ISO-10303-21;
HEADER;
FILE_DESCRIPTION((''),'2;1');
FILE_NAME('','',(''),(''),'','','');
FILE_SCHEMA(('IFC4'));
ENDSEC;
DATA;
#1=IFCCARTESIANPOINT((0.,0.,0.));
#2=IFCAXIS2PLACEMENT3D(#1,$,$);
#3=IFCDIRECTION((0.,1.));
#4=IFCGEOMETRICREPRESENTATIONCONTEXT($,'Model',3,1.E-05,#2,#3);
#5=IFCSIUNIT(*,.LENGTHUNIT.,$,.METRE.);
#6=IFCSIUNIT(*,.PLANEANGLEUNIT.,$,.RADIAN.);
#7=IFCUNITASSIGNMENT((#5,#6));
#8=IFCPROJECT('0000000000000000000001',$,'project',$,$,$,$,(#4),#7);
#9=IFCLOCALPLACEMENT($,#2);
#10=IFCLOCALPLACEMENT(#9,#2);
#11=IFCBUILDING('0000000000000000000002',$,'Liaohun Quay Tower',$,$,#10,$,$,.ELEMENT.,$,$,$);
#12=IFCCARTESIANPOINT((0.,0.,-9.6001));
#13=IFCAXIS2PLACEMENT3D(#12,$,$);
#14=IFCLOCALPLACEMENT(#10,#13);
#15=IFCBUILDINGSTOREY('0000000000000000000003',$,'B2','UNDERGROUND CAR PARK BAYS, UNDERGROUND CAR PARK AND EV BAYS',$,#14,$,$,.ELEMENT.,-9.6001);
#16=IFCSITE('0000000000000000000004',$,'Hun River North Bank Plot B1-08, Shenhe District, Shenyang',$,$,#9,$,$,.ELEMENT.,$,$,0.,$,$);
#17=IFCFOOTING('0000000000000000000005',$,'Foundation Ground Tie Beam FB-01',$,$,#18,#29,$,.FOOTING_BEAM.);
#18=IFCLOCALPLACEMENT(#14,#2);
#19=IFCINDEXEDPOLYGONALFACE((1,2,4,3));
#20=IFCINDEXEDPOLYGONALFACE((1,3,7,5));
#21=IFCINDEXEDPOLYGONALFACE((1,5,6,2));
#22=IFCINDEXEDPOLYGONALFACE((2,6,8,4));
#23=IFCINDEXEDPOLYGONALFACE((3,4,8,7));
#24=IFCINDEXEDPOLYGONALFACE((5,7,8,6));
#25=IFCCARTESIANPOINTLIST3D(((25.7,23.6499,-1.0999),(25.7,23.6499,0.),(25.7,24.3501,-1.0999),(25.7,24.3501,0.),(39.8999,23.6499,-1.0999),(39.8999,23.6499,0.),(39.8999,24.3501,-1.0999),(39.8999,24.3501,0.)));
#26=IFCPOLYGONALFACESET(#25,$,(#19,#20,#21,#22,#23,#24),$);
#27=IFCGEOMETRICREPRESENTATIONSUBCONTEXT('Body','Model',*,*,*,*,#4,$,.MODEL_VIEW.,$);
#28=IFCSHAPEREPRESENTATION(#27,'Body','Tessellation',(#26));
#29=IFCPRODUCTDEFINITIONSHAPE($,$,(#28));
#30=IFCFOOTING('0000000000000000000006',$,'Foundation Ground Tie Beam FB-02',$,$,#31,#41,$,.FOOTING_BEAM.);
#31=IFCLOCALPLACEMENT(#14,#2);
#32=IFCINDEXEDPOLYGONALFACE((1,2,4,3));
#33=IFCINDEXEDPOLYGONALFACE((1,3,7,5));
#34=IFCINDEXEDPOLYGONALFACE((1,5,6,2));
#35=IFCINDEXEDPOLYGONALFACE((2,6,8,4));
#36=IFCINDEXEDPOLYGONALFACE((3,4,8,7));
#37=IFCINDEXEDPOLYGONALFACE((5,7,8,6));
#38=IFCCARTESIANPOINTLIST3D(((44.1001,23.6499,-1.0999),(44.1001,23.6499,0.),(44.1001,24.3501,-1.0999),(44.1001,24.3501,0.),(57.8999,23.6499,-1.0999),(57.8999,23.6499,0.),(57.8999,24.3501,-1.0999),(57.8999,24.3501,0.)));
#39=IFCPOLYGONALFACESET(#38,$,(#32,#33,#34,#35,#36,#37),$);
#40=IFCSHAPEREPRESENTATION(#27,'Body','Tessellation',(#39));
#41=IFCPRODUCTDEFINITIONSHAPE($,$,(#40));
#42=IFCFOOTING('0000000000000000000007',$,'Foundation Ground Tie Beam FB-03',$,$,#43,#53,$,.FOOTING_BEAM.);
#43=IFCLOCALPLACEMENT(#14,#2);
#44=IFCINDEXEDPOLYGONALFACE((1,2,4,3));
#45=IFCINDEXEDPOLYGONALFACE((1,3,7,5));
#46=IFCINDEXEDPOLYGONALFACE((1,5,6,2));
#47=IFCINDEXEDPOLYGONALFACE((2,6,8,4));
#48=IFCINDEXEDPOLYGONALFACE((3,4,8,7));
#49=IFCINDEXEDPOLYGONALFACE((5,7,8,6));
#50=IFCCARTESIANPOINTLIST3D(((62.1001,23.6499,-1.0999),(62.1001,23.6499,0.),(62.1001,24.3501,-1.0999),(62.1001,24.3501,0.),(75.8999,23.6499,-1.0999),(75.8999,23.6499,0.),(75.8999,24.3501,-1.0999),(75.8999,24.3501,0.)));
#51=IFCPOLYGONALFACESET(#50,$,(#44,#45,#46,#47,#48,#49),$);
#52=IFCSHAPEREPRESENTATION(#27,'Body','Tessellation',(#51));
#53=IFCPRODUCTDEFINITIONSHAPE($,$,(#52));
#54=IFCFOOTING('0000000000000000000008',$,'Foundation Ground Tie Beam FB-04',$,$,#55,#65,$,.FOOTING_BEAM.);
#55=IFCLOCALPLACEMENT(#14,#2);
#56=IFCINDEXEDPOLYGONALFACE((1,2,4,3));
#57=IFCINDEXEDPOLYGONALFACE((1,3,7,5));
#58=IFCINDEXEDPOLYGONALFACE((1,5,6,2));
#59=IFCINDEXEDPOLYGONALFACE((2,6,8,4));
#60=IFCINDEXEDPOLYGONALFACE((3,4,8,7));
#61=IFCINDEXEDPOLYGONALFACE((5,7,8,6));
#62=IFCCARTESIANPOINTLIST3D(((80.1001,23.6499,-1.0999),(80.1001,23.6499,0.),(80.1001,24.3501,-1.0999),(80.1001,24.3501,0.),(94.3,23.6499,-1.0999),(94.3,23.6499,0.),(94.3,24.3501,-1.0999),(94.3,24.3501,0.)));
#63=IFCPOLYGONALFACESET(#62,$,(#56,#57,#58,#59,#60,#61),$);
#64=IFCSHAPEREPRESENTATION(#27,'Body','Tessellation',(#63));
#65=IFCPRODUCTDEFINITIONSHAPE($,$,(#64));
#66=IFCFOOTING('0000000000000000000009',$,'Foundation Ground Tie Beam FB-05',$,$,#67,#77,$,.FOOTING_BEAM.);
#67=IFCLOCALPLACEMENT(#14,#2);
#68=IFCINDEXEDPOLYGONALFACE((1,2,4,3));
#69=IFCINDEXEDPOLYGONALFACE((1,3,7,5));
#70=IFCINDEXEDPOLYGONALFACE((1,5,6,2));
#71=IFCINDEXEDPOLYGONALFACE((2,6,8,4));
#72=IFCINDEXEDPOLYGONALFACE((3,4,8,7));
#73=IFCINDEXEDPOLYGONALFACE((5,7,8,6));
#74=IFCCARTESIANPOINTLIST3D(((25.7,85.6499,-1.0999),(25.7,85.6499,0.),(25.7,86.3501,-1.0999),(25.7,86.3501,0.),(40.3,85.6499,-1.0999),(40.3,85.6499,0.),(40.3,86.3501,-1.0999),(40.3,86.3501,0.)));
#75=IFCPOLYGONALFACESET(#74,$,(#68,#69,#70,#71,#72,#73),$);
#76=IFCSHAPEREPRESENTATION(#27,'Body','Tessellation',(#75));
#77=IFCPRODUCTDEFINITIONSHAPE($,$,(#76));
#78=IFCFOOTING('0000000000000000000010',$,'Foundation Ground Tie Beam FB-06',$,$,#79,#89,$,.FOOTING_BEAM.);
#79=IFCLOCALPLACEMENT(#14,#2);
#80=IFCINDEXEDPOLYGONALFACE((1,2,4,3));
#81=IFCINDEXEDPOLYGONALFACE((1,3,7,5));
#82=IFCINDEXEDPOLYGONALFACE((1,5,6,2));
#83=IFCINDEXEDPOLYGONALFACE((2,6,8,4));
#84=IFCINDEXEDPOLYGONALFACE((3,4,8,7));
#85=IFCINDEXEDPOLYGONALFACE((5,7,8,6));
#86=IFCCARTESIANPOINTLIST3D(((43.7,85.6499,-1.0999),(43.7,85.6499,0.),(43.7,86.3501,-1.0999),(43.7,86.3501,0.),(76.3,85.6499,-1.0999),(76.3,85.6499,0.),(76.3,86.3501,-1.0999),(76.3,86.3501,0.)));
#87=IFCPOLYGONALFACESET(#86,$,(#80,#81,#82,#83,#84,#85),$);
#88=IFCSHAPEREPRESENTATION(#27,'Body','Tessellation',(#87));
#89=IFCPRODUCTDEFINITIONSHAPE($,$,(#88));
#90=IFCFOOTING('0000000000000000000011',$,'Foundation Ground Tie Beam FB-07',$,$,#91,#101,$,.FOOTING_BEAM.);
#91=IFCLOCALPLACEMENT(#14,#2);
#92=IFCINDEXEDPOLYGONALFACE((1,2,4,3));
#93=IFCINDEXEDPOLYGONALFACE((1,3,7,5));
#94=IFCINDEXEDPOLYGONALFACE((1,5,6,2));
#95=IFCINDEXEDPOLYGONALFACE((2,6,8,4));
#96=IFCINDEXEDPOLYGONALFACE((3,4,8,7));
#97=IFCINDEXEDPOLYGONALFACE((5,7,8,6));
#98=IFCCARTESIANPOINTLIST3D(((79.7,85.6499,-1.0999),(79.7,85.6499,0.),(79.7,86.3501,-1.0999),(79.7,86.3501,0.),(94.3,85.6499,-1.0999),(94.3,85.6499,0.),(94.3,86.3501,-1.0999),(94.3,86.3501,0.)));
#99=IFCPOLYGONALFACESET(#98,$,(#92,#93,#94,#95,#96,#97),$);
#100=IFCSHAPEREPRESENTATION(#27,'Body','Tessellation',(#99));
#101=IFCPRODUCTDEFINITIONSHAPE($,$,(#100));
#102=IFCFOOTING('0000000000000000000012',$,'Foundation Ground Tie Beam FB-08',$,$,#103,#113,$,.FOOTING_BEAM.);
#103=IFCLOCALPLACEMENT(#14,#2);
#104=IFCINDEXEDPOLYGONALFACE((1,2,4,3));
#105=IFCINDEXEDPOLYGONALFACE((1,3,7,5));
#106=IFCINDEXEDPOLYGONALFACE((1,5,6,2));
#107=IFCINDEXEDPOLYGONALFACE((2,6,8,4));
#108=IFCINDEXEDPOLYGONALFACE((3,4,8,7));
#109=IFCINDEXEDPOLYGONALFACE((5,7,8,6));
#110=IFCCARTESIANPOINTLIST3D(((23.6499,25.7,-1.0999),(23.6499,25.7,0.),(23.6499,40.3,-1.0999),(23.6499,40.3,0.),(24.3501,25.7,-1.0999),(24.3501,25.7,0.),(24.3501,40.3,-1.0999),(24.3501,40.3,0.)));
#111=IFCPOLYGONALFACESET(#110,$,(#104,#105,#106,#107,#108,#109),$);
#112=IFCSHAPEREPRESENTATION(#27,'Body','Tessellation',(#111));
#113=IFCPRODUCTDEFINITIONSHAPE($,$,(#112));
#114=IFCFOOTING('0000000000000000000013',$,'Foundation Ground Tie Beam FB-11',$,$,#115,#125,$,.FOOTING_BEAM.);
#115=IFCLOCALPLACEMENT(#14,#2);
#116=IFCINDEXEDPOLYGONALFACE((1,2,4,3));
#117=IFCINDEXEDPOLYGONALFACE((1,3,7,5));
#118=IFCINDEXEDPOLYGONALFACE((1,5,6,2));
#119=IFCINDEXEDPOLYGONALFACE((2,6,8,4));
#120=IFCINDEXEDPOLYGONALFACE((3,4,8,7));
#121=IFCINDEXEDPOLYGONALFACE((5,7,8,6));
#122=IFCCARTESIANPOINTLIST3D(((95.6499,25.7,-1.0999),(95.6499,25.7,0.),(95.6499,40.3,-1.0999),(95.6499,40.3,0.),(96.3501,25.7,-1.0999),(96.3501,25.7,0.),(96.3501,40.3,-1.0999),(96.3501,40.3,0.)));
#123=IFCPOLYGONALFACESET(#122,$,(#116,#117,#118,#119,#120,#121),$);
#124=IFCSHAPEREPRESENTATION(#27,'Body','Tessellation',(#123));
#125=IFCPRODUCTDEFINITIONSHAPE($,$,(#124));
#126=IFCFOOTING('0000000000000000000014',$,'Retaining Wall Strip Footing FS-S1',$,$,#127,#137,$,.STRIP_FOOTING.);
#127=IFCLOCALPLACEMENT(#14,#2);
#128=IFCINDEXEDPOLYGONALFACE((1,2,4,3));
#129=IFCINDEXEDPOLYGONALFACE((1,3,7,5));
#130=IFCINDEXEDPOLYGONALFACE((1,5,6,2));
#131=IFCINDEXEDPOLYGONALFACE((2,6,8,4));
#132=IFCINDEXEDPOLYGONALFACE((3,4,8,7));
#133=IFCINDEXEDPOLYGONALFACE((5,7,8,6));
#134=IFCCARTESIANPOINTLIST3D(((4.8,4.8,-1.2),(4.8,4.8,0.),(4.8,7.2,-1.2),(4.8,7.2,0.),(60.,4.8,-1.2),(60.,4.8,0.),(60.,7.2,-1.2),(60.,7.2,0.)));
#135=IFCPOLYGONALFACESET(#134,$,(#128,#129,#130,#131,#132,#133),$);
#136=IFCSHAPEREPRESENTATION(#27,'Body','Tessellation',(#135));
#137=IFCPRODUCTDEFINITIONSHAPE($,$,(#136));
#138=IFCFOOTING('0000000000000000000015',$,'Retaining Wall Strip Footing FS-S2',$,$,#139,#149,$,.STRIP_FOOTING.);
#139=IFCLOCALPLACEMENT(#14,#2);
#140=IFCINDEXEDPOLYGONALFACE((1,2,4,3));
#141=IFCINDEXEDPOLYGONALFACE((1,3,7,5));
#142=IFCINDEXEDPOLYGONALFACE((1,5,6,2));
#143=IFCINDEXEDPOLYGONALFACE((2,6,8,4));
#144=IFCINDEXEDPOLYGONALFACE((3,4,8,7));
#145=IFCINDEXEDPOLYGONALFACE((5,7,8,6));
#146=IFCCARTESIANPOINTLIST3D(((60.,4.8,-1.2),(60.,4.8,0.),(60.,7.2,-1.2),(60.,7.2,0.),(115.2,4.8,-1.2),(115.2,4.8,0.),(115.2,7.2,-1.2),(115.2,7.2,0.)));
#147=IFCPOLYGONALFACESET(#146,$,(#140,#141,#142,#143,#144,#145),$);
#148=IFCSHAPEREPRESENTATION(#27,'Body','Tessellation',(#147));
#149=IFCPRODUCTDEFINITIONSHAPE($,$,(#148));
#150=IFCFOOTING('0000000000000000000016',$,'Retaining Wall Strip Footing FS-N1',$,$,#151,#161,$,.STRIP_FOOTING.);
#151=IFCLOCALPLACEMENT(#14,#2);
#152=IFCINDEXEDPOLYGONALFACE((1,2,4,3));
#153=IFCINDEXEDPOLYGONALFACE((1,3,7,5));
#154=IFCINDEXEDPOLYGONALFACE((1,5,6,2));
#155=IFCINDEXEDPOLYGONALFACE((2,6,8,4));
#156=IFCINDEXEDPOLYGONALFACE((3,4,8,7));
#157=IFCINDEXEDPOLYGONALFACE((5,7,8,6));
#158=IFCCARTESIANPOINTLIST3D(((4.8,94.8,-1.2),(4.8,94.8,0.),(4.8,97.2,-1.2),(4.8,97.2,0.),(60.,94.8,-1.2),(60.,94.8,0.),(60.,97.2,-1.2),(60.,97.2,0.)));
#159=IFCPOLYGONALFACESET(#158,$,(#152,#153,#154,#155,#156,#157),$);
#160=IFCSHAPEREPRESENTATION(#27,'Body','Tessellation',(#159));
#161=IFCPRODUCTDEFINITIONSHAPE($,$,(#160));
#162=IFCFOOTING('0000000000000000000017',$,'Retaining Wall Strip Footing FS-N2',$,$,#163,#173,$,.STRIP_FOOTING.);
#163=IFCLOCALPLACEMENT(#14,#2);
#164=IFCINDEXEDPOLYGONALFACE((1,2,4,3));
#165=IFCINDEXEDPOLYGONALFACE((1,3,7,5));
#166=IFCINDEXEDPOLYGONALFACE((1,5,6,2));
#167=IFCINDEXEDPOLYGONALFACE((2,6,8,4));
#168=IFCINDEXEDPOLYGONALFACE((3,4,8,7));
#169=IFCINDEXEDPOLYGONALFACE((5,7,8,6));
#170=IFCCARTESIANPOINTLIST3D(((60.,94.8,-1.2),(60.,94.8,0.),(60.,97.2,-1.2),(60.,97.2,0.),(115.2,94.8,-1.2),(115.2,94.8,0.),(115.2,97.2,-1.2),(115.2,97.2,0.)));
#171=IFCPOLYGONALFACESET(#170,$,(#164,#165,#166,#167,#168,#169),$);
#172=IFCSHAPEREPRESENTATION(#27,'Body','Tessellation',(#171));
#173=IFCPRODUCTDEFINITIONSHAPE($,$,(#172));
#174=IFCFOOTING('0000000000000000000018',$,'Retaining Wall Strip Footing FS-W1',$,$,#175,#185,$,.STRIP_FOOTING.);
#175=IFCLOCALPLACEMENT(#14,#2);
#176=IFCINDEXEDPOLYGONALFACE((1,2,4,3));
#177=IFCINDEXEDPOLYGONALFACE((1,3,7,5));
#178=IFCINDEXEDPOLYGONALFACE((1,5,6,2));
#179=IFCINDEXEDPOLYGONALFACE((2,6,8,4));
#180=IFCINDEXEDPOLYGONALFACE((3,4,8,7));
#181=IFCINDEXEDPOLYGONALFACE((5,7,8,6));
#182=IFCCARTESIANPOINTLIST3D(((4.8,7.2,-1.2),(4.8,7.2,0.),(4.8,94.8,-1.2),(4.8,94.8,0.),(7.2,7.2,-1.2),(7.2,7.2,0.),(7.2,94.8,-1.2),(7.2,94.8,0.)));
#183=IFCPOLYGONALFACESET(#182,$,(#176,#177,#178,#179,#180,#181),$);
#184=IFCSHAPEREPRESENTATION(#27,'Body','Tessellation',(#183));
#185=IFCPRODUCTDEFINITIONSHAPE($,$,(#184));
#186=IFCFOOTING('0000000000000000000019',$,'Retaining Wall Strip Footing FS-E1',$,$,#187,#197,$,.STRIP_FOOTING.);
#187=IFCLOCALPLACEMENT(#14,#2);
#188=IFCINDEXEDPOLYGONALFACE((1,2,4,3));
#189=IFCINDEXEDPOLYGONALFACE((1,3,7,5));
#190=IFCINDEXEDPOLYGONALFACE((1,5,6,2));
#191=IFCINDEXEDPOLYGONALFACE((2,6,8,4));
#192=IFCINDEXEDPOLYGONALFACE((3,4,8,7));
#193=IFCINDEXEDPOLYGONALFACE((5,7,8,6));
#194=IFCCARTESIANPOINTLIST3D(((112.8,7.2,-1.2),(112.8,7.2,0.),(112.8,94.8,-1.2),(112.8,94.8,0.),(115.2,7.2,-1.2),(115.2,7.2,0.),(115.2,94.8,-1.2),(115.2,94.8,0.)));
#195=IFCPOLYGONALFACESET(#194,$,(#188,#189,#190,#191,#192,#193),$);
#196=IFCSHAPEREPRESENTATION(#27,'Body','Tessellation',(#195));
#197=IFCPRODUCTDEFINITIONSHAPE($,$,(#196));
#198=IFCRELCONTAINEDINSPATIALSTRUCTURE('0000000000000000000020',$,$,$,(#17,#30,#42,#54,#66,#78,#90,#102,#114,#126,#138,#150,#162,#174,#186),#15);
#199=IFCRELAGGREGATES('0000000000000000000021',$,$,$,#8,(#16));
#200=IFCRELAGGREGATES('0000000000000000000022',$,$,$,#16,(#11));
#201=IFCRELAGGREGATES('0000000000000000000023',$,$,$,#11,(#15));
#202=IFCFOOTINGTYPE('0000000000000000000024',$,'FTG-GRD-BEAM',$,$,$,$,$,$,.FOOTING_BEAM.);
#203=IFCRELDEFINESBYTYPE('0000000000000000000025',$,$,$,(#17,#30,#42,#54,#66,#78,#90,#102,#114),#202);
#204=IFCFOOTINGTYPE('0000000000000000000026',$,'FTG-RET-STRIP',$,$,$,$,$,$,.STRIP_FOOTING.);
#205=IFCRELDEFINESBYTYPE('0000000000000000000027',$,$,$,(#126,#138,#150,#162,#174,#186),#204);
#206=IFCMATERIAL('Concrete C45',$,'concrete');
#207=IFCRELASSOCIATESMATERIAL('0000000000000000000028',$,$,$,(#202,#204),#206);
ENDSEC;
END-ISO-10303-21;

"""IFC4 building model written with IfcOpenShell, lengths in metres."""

from ifc_helpers import new_model, si_unit, direction, frame, origin, place, context, subcontext, project, spatial, polyline, outline, extrude, material, type_object, element, save


model = new_model("IFC4")

# Units and contexts
model_context = context("Model", 3, precision=1e-05, world=origin(), true_north=direction((0.0, 1.0)))
body_context = subcontext(model_context, "Body", "Model", "MODEL_VIEW")
ifc_project = project(units=[si_unit("LENGTHUNIT", "METRE"), si_unit("PLANEANGLEUNIT", "RADIAN")], contexts=[model_context])

# Site, building, storey
site_placement = place(None, origin())
site = spatial("IfcSite", under=ifc_project, at=site_placement, Name="Hun River North Bank Plot B1-08, Shenhe District, Shenyang", CompositionType="ELEMENT", RefElevation=0.0)
building_placement = place(site_placement, origin())
building = spatial("IfcBuilding", under=site, at=building_placement, Name="Liaohun Quay Tower", CompositionType="ELEMENT")
storey_placement = place(building_placement, frame((0.0, 0.0, -9.6001)))
storey = spatial("IfcBuildingStorey", under=building, at=storey_placement, Name="B2", Description="UNDERGROUND CAR PARK BAYS, UNDERGROUND CAR PARK AND EV BAYS", CompositionType="ELEMENT", Elevation=-9.6001)

# Footings
ifc_material_1 = material(Name="Concrete C45", Category="concrete")
footing_type_1 = type_object("IfcFootingType", Name="FTG-GRD-BEAM", PredefinedType="FOOTING_BEAM", material=ifc_material_1)
footing_1_placement = place(storey_placement, frame((0.0, 0.0, -1.0999)))
element("IfcFooting", 1, at=footing_1_placement, inside=storey, type_object=footing_type_1, Name="Foundation Ground Tie Beam FB-01", PredefinedType="FOOTING_BEAM", context=body_context, shape_type="SweptSolid", body=[
    extrude(outline(polyline([(25.7, 23.6499), (39.8999, 23.6499), (39.8999, 24.3501), (25.7, 24.3501), (25.7, 23.6499)])), origin(), (0.0, 0.0, 1.0), 1.0999),
])
footing_2_placement = place(storey_placement, frame((0.0, 0.0, -1.0999)))
element("IfcFooting", 2, at=footing_2_placement, inside=storey, type_object=footing_type_1, Name="Foundation Ground Tie Beam FB-02", PredefinedType="FOOTING_BEAM", context=body_context, shape_type="SweptSolid", body=[
    extrude(outline(polyline([(44.1001, 23.6499), (57.8999, 23.6499), (57.8999, 24.3501), (44.1001, 24.3501), (44.1001, 23.6499)])), origin(), (0.0, 0.0, 1.0), 1.0999),
])
footing_3_placement = place(storey_placement, frame((0.0, 0.0, -1.0999)))
element("IfcFooting", 3, at=footing_3_placement, inside=storey, type_object=footing_type_1, Name="Foundation Ground Tie Beam FB-03", PredefinedType="FOOTING_BEAM", context=body_context, shape_type="SweptSolid", body=[
    extrude(outline(polyline([(62.1001, 23.6499), (75.8999, 23.6499), (75.8999, 24.3501), (62.1001, 24.3501), (62.1001, 23.6499)])), origin(), (0.0, 0.0, 1.0), 1.0999),
])
footing_4_placement = place(storey_placement, frame((0.0, 0.0, -1.0999)))
element("IfcFooting", 4, at=footing_4_placement, inside=storey, type_object=footing_type_1, Name="Foundation Ground Tie Beam FB-04", PredefinedType="FOOTING_BEAM", context=body_context, shape_type="SweptSolid", body=[
    extrude(outline(polyline([(80.1001, 23.6499), (94.3, 23.6499), (94.3, 24.3501), (80.1001, 24.3501), (80.1001, 23.6499)])), origin(), (0.0, 0.0, 1.0), 1.0999),
])
footing_5_placement = place(storey_placement, frame((0.0, 0.0, -1.0999)))
element("IfcFooting", 5, at=footing_5_placement, inside=storey, type_object=footing_type_1, Name="Foundation Ground Tie Beam FB-05", PredefinedType="FOOTING_BEAM", context=body_context, shape_type="SweptSolid", body=[
    extrude(outline(polyline([(25.7, 85.6499), (40.3, 85.6499), (40.3, 86.3501), (25.7, 86.3501), (25.7, 85.6499)])), origin(), (0.0, 0.0, 1.0), 1.0999),
])
footing_6_placement = place(storey_placement, frame((0.0, 0.0, -1.0999)))
element("IfcFooting", 6, at=footing_6_placement, inside=storey, type_object=footing_type_1, Name="Foundation Ground Tie Beam FB-06", PredefinedType="FOOTING_BEAM", context=body_context, shape_type="SweptSolid", body=[
    extrude(outline(polyline([(43.7, 85.6499), (76.3, 85.6499), (76.3, 86.3501), (43.7, 86.3501), (43.7, 85.6499)])), origin(), (0.0, 0.0, 1.0), 1.0999),
])
footing_7_placement = place(storey_placement, frame((0.0, 0.0, -1.0999)))
element("IfcFooting", 7, at=footing_7_placement, inside=storey, type_object=footing_type_1, Name="Foundation Ground Tie Beam FB-07", PredefinedType="FOOTING_BEAM", context=body_context, shape_type="SweptSolid", body=[
    extrude(outline(polyline([(79.7, 85.6499), (94.3, 85.6499), (94.3, 86.3501), (79.7, 86.3501), (79.7, 85.6499)])), origin(), (0.0, 0.0, 1.0), 1.0999),
])
footing_8_placement = place(storey_placement, frame((0.0, 0.0, -1.0999)))
element("IfcFooting", 8, at=footing_8_placement, inside=storey, type_object=footing_type_1, Name="Foundation Ground Tie Beam FB-08", PredefinedType="FOOTING_BEAM", context=body_context, shape_type="SweptSolid", body=[
    extrude(outline(polyline([(24.3501, 25.7), (24.3501, 40.3), (23.6499, 40.3), (23.6499, 25.7), (24.3501, 25.7)])), origin(), (0.0, 0.0, 1.0), 1.0999),
])
footing_9_placement = place(storey_placement, frame((0.0, 0.0, -1.0999)))
element("IfcFooting", 9, at=footing_9_placement, inside=storey, type_object=footing_type_1, Name="Foundation Ground Tie Beam FB-11", PredefinedType="FOOTING_BEAM", context=body_context, shape_type="SweptSolid", body=[
    extrude(outline(polyline([(96.3501, 25.7), (96.3501, 40.3), (95.6499, 40.3), (95.6499, 25.7), (96.3501, 25.7)])), origin(), (0.0, 0.0, 1.0), 1.0999),
])
footing_type_2 = type_object("IfcFootingType", Name="FTG-RET-STRIP", PredefinedType="STRIP_FOOTING", material=ifc_material_1)
footing_10_placement = place(storey_placement, frame((0.0, 0.0, -1.2)))
element("IfcFooting", 10, at=footing_10_placement, inside=storey, type_object=footing_type_2, Name="Retaining Wall Strip Footing FS-S1", PredefinedType="STRIP_FOOTING", context=body_context, shape_type="SweptSolid", body=[
    extrude(outline(polyline([(4.8, 4.8), (60.0, 4.8), (60.0, 7.2), (4.8, 7.2), (4.8, 4.8)])), origin(), (0.0, 0.0, 1.0), 1.2),
])
footing_11_placement = place(storey_placement, frame((0.0, 0.0, -1.2)))
element("IfcFooting", 11, at=footing_11_placement, inside=storey, type_object=footing_type_2, Name="Retaining Wall Strip Footing FS-S2", PredefinedType="STRIP_FOOTING", context=body_context, shape_type="SweptSolid", body=[
    extrude(outline(polyline([(60.0, 4.8), (115.2, 4.8), (115.2, 7.2), (60.0, 7.2), (60.0, 4.8)])), origin(), (0.0, 0.0, 1.0), 1.2),
])
footing_12_placement = place(storey_placement, frame((0.0, 0.0, -1.2)))
element("IfcFooting", 12, at=footing_12_placement, inside=storey, type_object=footing_type_2, Name="Retaining Wall Strip Footing FS-N1", PredefinedType="STRIP_FOOTING", context=body_context, shape_type="SweptSolid", body=[
    extrude(outline(polyline([(4.8, 94.8), (60.0, 94.8), (60.0, 97.2), (4.8, 97.2), (4.8, 94.8)])), origin(), (0.0, 0.0, 1.0), 1.2),
])
footing_13_placement = place(storey_placement, frame((0.0, 0.0, -1.2)))
element("IfcFooting", 13, at=footing_13_placement, inside=storey, type_object=footing_type_2, Name="Retaining Wall Strip Footing FS-N2", PredefinedType="STRIP_FOOTING", context=body_context, shape_type="SweptSolid", body=[
    extrude(outline(polyline([(60.0, 94.8), (115.2, 94.8), (115.2, 97.2), (60.0, 97.2), (60.0, 94.8)])), origin(), (0.0, 0.0, 1.0), 1.2),
])
footing_14_placement = place(storey_placement, frame((0.0, 0.0, -1.2)))
element("IfcFooting", 14, at=footing_14_placement, inside=storey, type_object=footing_type_2, Name="Retaining Wall Strip Footing FS-W1", PredefinedType="STRIP_FOOTING", context=body_context, shape_type="SweptSolid", body=[
    extrude(outline(polyline([(4.8, 7.2), (7.2, 7.2), (7.2, 94.8), (4.8, 94.8), (4.8, 7.2)])), origin(), (0.0, 0.0, 1.0), 1.2),
])
footing_15_placement = place(storey_placement, frame((0.0, 0.0, -1.2)))
element("IfcFooting", 15, at=footing_15_placement, inside=storey, type_object=footing_type_2, Name="Retaining Wall Strip Footing FS-E1", PredefinedType="STRIP_FOOTING", context=body_context, shape_type="SweptSolid", body=[
    extrude(outline(polyline([(112.8, 7.2), (115.2, 7.2), (115.2, 94.8), (112.8, 94.8), (112.8, 7.2)])), origin(), (0.0, 0.0, 1.0), 1.2),
])

save(model, "model.ifc")
